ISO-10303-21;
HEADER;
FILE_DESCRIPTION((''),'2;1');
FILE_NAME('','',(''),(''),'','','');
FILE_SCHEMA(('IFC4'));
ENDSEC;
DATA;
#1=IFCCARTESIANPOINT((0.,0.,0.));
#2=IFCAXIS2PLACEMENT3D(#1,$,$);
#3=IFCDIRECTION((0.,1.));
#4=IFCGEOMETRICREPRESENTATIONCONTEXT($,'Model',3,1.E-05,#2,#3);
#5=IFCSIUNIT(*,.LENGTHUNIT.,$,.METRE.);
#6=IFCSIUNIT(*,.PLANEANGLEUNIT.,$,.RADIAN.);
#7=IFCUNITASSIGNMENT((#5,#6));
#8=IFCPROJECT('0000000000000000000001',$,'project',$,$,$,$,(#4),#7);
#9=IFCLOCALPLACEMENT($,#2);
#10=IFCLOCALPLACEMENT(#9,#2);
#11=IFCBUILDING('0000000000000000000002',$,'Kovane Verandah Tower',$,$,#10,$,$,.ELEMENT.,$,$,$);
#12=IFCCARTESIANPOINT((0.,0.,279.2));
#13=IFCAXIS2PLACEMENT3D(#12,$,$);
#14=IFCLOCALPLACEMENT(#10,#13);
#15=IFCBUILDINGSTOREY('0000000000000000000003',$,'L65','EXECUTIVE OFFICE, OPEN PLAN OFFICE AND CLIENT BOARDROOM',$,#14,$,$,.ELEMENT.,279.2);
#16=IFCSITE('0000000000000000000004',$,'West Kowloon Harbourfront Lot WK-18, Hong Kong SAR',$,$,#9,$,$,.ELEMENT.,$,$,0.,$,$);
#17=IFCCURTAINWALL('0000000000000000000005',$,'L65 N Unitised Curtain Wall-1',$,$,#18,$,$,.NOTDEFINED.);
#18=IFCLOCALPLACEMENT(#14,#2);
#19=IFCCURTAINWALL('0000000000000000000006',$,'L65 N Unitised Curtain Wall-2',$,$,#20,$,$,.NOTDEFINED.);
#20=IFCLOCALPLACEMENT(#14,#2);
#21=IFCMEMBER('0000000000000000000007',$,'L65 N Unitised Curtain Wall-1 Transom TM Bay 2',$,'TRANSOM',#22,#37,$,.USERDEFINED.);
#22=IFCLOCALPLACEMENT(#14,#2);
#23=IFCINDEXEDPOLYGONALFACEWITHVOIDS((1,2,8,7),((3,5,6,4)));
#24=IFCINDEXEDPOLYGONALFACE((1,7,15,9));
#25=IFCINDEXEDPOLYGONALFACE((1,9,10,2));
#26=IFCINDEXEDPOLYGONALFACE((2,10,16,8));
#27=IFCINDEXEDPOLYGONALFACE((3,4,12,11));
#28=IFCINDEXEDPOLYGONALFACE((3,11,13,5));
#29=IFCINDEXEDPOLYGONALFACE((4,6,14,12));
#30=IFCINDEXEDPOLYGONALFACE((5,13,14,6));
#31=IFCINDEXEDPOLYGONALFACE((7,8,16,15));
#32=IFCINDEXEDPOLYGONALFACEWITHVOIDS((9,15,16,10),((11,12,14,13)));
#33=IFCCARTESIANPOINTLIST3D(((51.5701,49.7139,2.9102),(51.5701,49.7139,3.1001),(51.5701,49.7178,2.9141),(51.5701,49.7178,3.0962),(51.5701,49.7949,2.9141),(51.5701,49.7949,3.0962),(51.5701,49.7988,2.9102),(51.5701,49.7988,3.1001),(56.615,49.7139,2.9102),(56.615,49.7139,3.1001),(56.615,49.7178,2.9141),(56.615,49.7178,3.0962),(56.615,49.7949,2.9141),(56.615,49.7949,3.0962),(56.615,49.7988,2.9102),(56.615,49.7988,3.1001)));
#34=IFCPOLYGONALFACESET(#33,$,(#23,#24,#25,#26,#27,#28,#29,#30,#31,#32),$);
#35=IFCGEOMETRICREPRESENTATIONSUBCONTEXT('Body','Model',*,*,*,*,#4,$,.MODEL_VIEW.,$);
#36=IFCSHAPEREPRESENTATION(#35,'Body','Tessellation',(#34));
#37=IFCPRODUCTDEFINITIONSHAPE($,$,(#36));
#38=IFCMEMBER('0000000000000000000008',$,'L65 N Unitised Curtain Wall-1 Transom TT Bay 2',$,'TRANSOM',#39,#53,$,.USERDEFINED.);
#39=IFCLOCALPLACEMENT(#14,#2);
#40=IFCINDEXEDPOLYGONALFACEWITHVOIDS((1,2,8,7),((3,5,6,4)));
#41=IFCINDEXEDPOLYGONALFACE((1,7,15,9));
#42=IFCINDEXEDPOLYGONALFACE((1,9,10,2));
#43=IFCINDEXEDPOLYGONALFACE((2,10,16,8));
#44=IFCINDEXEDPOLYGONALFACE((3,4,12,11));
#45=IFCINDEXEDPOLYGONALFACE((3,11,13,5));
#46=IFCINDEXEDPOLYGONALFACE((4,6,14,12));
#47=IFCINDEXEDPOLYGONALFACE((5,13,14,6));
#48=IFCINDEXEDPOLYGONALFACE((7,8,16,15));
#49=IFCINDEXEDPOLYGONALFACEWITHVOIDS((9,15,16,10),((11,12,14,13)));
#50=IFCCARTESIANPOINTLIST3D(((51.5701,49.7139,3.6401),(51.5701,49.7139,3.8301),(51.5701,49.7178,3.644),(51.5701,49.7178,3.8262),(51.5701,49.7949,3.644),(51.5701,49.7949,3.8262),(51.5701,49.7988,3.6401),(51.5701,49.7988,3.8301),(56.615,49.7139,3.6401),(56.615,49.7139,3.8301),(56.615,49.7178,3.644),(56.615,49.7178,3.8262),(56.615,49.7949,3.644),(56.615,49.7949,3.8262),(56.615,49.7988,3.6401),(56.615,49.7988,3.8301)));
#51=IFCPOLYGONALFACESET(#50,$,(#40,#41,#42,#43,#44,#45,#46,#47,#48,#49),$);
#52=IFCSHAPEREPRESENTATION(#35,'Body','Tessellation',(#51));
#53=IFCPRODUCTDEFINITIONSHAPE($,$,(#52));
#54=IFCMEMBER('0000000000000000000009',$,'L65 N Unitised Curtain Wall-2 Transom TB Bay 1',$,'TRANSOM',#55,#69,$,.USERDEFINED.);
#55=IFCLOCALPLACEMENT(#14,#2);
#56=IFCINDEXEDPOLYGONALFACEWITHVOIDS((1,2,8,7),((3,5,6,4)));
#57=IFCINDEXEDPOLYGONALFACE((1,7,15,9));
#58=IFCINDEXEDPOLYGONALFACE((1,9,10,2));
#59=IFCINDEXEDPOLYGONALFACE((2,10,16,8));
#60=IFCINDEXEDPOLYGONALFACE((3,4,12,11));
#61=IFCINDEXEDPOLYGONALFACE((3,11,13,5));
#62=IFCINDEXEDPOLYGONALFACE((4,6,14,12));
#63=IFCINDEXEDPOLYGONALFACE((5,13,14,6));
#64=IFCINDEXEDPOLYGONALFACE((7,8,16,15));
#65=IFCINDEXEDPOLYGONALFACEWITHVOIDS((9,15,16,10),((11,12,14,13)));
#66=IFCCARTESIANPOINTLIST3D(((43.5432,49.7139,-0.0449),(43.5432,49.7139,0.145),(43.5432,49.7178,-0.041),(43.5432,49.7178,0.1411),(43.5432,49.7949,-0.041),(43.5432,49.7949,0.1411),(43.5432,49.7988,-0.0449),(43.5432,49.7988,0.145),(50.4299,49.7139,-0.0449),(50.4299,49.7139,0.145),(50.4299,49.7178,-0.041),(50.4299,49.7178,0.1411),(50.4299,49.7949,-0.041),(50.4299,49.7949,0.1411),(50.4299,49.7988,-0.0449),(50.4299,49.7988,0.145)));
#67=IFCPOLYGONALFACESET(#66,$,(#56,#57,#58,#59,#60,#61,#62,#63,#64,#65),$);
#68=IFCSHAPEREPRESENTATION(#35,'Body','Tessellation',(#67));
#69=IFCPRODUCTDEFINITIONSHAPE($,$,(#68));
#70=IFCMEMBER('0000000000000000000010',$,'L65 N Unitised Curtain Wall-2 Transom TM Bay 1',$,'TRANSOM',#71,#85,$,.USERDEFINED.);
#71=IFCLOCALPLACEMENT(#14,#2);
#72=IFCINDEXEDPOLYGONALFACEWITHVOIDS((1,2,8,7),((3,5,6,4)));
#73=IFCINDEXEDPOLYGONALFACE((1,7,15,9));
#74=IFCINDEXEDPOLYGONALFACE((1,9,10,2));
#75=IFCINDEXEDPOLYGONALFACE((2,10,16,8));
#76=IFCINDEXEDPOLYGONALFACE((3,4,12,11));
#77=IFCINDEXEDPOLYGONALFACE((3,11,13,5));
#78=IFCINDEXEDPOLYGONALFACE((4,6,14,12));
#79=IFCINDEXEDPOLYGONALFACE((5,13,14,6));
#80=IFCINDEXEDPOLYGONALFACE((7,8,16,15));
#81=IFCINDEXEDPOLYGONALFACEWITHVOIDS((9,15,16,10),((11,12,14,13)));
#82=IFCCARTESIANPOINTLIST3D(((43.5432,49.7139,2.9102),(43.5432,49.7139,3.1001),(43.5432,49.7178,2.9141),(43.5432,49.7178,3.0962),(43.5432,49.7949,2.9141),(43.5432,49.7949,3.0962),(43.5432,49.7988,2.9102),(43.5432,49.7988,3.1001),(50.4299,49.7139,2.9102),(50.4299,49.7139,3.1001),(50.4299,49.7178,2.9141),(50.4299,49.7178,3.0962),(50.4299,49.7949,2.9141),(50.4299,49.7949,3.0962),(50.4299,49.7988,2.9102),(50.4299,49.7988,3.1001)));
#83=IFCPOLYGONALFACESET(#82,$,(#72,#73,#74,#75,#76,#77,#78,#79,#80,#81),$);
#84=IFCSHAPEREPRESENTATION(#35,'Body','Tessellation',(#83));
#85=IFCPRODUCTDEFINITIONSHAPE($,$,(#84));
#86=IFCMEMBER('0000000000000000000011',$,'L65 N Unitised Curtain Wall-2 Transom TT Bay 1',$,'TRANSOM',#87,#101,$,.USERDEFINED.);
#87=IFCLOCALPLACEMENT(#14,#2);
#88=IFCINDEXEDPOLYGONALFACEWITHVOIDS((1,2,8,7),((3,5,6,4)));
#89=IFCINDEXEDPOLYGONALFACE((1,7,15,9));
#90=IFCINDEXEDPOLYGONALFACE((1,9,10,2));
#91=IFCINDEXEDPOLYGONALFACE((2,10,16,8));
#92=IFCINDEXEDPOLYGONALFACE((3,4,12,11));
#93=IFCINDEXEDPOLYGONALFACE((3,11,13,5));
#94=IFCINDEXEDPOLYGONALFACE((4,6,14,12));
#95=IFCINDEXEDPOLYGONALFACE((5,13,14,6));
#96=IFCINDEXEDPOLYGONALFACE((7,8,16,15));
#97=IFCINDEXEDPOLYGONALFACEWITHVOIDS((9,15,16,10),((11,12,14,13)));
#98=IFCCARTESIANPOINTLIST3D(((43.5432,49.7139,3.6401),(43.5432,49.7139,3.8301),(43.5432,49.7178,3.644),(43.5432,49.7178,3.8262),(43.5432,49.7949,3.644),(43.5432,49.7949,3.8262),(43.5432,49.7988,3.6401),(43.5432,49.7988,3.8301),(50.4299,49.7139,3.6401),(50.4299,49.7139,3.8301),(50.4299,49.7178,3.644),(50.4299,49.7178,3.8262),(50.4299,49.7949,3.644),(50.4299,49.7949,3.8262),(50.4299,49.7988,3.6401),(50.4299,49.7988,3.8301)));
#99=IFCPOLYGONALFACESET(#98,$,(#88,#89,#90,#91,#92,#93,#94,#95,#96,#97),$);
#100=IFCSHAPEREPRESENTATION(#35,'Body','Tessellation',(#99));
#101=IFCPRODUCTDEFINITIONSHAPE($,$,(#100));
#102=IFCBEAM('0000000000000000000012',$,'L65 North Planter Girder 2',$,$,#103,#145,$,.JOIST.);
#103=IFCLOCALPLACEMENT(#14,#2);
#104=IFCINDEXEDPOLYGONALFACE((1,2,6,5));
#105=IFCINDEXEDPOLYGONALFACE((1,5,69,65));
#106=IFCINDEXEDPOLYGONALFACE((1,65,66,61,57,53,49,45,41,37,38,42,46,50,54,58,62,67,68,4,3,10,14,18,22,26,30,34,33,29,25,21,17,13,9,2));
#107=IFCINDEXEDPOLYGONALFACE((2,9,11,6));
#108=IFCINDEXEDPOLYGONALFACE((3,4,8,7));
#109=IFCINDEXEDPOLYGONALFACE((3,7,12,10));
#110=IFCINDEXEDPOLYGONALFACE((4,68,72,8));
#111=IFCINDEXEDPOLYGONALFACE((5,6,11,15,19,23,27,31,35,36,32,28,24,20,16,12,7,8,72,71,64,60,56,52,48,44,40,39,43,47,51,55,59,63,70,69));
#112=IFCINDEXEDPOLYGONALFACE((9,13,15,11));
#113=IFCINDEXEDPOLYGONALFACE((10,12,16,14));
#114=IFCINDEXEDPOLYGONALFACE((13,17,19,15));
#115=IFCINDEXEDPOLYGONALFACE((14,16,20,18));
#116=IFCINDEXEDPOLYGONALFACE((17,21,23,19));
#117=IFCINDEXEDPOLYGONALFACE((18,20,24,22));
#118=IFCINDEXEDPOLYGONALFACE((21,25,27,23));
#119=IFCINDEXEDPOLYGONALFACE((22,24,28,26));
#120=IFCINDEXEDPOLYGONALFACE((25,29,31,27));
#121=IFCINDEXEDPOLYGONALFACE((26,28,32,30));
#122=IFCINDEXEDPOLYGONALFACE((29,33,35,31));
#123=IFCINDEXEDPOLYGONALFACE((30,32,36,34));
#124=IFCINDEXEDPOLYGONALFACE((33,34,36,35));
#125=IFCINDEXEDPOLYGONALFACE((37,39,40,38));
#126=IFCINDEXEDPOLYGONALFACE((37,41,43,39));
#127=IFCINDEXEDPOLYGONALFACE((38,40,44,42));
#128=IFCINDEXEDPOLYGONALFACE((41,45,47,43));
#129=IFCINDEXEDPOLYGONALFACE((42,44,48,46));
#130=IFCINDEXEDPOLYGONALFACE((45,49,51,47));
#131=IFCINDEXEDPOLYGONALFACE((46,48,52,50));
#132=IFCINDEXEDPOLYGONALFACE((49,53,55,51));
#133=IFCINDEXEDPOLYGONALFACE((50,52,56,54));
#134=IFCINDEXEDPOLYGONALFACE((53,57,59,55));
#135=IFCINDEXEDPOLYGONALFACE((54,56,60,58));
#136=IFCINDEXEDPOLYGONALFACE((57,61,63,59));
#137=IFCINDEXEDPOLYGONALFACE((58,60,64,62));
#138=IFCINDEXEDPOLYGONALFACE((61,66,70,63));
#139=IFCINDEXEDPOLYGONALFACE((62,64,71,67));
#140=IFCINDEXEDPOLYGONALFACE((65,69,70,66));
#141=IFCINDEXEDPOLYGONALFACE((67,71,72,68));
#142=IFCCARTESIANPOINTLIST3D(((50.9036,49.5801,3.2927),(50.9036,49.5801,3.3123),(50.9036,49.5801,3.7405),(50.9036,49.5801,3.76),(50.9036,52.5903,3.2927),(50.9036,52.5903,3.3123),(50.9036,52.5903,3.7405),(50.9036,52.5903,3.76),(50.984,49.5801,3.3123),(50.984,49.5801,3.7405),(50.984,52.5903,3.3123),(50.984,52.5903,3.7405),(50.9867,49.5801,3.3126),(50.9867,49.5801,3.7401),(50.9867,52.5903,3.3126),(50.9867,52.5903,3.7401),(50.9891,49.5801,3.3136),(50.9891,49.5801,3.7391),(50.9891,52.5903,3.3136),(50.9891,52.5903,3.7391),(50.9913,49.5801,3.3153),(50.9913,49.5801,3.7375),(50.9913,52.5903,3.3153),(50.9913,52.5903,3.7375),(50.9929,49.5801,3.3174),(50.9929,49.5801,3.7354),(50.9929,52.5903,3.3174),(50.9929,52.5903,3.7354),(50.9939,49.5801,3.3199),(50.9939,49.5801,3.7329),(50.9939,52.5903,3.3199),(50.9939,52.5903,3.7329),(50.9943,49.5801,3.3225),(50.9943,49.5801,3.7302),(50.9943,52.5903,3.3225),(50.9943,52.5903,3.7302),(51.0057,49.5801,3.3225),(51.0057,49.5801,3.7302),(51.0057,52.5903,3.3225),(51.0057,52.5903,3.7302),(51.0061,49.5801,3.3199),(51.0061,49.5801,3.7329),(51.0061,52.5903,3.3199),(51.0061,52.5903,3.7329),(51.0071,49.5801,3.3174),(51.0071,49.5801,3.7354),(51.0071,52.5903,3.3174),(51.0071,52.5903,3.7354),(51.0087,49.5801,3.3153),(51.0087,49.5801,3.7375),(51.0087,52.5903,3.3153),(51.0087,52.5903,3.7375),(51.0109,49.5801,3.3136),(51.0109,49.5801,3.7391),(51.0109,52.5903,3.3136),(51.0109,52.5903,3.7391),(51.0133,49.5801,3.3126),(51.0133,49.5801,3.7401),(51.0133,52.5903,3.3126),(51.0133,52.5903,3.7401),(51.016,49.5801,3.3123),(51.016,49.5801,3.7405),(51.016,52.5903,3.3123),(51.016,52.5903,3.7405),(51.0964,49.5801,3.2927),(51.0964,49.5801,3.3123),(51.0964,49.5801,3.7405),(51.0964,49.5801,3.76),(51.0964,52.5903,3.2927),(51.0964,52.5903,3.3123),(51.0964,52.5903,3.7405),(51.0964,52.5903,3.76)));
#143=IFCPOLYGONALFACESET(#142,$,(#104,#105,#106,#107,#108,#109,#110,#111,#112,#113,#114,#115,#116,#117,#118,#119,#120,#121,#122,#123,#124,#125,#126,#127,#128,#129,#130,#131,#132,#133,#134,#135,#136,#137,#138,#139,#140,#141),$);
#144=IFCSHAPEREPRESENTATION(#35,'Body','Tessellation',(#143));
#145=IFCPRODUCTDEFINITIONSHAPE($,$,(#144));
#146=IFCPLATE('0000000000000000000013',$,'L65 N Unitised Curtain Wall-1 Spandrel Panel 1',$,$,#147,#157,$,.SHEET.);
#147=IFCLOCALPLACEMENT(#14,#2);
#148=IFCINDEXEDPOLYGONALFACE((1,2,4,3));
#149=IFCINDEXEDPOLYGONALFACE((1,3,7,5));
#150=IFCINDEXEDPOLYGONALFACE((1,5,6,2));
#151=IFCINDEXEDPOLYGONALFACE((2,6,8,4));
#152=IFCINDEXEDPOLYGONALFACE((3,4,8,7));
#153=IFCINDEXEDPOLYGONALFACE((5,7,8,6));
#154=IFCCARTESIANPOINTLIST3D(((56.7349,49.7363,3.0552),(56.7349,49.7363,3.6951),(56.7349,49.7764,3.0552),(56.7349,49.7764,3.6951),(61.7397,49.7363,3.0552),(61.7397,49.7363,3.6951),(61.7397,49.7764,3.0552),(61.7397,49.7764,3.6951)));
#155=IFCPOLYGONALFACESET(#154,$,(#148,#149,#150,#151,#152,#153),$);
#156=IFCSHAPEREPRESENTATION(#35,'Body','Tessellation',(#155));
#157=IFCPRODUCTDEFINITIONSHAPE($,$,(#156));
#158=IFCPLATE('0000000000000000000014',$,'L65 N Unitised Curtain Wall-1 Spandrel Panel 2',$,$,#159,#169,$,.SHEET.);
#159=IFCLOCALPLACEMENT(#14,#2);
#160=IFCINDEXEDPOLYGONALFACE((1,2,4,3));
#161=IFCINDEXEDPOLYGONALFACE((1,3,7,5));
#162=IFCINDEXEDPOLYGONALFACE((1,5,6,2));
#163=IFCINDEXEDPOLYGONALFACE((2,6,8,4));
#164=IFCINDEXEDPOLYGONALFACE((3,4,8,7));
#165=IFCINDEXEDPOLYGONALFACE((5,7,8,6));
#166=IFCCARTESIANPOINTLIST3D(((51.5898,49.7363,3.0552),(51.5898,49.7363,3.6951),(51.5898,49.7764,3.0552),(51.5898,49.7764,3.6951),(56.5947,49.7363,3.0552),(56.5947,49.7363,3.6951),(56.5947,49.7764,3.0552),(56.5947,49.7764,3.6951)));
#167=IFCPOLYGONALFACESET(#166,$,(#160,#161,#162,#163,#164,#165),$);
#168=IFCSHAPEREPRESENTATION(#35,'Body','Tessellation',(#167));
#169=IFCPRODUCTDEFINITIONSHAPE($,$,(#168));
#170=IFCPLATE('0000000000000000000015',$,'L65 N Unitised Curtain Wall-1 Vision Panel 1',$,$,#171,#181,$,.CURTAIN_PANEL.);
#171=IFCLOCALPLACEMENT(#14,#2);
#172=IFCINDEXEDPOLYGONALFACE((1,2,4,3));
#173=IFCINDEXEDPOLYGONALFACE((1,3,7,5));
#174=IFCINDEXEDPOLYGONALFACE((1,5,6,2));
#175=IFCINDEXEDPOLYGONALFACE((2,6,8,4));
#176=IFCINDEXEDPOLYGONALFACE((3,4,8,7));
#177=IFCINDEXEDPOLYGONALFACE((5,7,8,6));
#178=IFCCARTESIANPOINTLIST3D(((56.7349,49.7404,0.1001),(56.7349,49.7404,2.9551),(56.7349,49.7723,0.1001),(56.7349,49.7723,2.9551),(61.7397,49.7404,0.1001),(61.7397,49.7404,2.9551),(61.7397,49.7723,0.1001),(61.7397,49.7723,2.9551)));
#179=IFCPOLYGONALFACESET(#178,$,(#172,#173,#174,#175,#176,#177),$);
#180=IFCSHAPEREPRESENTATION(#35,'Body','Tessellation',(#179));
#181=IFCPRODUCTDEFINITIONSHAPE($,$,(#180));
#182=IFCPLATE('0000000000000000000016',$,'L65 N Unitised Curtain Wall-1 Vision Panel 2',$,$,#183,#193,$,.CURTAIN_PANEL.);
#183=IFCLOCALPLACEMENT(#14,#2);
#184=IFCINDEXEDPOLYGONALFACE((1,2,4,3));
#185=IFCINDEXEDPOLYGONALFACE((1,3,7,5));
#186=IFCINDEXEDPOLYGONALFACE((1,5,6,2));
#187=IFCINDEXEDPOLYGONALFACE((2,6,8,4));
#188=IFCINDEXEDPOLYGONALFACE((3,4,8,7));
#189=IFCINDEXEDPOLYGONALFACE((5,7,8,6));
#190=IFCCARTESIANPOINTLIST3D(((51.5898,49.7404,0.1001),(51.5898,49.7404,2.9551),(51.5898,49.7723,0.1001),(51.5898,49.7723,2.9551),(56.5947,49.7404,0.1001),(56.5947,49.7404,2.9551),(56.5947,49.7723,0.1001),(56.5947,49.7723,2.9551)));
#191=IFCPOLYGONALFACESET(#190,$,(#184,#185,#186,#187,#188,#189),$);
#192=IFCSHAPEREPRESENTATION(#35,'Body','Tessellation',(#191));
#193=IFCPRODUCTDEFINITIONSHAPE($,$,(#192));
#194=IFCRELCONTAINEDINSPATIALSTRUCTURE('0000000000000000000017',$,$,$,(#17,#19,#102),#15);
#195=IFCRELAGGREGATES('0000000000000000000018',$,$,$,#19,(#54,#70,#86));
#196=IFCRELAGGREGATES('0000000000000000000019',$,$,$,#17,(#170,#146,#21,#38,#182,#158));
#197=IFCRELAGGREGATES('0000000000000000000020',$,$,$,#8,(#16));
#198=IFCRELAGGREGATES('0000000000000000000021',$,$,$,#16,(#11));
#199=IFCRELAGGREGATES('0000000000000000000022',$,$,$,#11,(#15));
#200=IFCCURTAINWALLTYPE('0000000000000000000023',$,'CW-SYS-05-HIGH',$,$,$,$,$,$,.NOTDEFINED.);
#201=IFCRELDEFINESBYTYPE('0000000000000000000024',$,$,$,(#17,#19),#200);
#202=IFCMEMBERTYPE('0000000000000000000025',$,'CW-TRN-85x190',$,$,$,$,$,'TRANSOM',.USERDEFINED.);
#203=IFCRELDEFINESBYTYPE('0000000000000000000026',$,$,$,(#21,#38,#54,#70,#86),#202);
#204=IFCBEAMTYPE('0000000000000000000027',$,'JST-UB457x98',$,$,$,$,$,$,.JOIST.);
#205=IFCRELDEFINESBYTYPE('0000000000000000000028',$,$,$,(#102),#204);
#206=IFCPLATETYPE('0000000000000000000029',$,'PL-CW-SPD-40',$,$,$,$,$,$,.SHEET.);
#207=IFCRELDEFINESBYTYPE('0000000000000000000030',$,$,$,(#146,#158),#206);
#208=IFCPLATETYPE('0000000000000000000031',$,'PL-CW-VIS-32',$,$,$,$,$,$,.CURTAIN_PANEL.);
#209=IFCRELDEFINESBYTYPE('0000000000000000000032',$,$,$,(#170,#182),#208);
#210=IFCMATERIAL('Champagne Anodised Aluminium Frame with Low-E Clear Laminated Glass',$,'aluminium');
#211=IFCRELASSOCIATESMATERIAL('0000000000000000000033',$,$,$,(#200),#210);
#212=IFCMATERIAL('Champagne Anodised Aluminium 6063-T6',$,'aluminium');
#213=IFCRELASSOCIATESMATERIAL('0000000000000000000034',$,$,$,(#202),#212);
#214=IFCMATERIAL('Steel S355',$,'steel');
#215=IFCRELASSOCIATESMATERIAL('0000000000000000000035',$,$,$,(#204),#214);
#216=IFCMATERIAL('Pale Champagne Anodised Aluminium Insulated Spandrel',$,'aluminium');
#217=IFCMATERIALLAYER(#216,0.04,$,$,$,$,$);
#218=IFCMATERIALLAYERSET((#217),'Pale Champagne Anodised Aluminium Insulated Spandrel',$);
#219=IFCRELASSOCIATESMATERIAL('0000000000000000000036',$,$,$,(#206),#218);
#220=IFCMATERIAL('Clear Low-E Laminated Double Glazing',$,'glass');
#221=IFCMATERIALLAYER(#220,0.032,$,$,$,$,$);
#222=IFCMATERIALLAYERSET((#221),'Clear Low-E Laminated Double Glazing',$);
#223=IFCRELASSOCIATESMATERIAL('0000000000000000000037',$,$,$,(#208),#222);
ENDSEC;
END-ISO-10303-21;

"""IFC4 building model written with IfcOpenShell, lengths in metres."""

from ifc_helpers import new_model, si_unit, direction, frame, origin, origin_2d, place, context, subcontext, project, spatial, rectangle, hollow_rectangle, i_section, extrude, material, layer, layer_set, material_profile, profile_set, type_object, element, aggregate, save


model = new_model("IFC4")

# Units and contexts
model_context = context("Model", 3, precision=1e-05, world=origin(), true_north=direction((0.0, 1.0)))
body_context = subcontext(model_context, "Body", "Model", "MODEL_VIEW")
ifc_project = project(units=[si_unit("LENGTHUNIT", "METRE"), si_unit("PLANEANGLEUNIT", "RADIAN")], contexts=[model_context])

# Site, building, storey
site_placement = place(None, origin())
site = spatial("IfcSite", under=ifc_project, at=site_placement, Name="West Kowloon Harbourfront Lot WK-18, Hong Kong SAR", CompositionType="ELEMENT", RefElevation=0.0)
building_placement = place(site_placement, origin())
building = spatial("IfcBuilding", under=site, at=building_placement, Name="Kovane Verandah Tower", CompositionType="ELEMENT")
storey_placement = place(building_placement, frame((0.0, 0.0, 279.2)))
storey = spatial("IfcBuildingStorey", under=building, at=storey_placement, Name="L65", Description="EXECUTIVE OFFICE, OPEN PLAN OFFICE AND CLIENT BOARDROOM", CompositionType="ELEMENT", Elevation=279.2)

# Curtain wall
ifc_material_1 = material(Name="Champagne Anodised Aluminium Frame with Low-E Clear Laminated Glass", Category="aluminium")
curtain_wall_type = type_object("IfcCurtainWallType", Name="CW-SYS-05-HIGH", PredefinedType="NOTDEFINED", material=ifc_material_1)
curtain_wall_1_placement = place(storey_placement, origin())
curtain_wall_1 = element("IfcCurtainWall", 1, at=curtain_wall_1_placement, inside=storey, type_object=curtain_wall_type, Name="L65 N Unitised Curtain Wall-1", PredefinedType="NOTDEFINED")
ifc_material_2 = material(Name="Champagne Anodised Aluminium 6063-T6", Category="aluminium")

# Curtain wall
curtain_wall_2_placement = place(storey_placement, origin())
curtain_wall_2 = element("IfcCurtainWall", 2, at=curtain_wall_2_placement, inside=storey, type_object=curtain_wall_type, Name="L65 N Unitised Curtain Wall-2", PredefinedType="NOTDEFINED")

# Members
ifc_material_profile_1 = material_profile(ifc_material_2, hollow_rectangle(XDim=0.085, YDim=0.1899, WallThickness=0.0039, at=origin_2d()), Name="AL85x190x4")
ifc_profile_set_1 = profile_set([ifc_material_profile_1], Name="Champagne Anodised Aluminium 6063-T6")
member_type_1 = type_object("IfcMemberType", Name="CW-TRN-85x190", ElementType="TRANSOM", PredefinedType="USERDEFINED", material=ifc_profile_set_1)
member_1_placement = place(storey_placement, frame((56.615, 49.7563, 3.0051), z_axis=(-1.0, 0.0, 0.0), x_axis=(0.0, -1.0, 0.0)))
member_1 = element("IfcMember", 3, at=member_1_placement, type_object=member_type_1, Name="L65 N Unitised Curtain Wall-1 Transom TM Bay 2", ObjectType="TRANSOM", PredefinedType="USERDEFINED", context=body_context, shape_type="SweptSolid", body=[
    extrude(hollow_rectangle(XDim=0.085, YDim=0.1899, WallThickness=0.0039, at=origin_2d()), origin(), (0.0, 0.0, 1.0), 5.0449),
])
member_2_placement = place(storey_placement, frame((56.615, 49.7563, 3.7351), z_axis=(-1.0, 0.0, 0.0), x_axis=(0.0, -1.0, 0.0)))
member_2 = element("IfcMember", 4, at=member_2_placement, type_object=member_type_1, Name="L65 N Unitised Curtain Wall-1 Transom TT Bay 2", ObjectType="TRANSOM", PredefinedType="USERDEFINED", context=body_context, shape_type="SweptSolid", body=[
    extrude(hollow_rectangle(XDim=0.085, YDim=0.1899, WallThickness=0.0039, at=origin_2d()), origin(), (0.0, 0.0, 1.0), 5.0449),
])
member_3_placement = place(storey_placement, frame((50.4299, 49.7563, 0.05), z_axis=(-1.0, 0.0, 0.0), x_axis=(0.0, -1.0, 0.0)))
member_3 = element("IfcMember", 5, at=member_3_placement, type_object=member_type_1, Name="L65 N Unitised Curtain Wall-2 Transom TB Bay 1", ObjectType="TRANSOM", PredefinedType="USERDEFINED", context=body_context, shape_type="SweptSolid", body=[
    extrude(hollow_rectangle(XDim=0.085, YDim=0.1899, WallThickness=0.0039, at=origin_2d()), origin(), (0.0, 0.0, 1.0), 6.8867),
])
member_4_placement = place(storey_placement, frame((50.4299, 49.7563, 3.0051), z_axis=(-1.0, 0.0, 0.0), x_axis=(0.0, -1.0, 0.0)))
member_4 = element("IfcMember", 6, at=member_4_placement, type_object=member_type_1, Name="L65 N Unitised Curtain Wall-2 Transom TM Bay 1", ObjectType="TRANSOM", PredefinedType="USERDEFINED", context=body_context, shape_type="SweptSolid", body=[
    extrude(hollow_rectangle(XDim=0.085, YDim=0.1899, WallThickness=0.0039, at=origin_2d()), origin(), (0.0, 0.0, 1.0), 6.8867),
])
member_5_placement = place(storey_placement, frame((50.4299, 49.7563, 3.7351), z_axis=(-1.0, 0.0, 0.0), x_axis=(0.0, -1.0, 0.0)))
member_5 = element("IfcMember", 7, at=member_5_placement, type_object=member_type_1, Name="L65 N Unitised Curtain Wall-2 Transom TT Bay 1", ObjectType="TRANSOM", PredefinedType="USERDEFINED", context=body_context, shape_type="SweptSolid", body=[
    extrude(hollow_rectangle(XDim=0.085, YDim=0.1899, WallThickness=0.0039, at=origin_2d()), origin(), (0.0, 0.0, 1.0), 6.8867),
])
aggregate(curtain_wall_2, [member_3, member_4, member_5])

# Beam
ifc_material_3 = material(Name="Steel S355", Category="steel")
ifc_material_profile_2 = material_profile(ifc_material_3, i_section(OverallWidth=0.1929, OverallDepth=0.4673, WebThickness=0.0115, FlangeThickness=0.0195, FilletRadius=0.0103, at=origin_2d()), Name="UB457x191x98")
ifc_profile_set_2 = profile_set([ifc_material_profile_2], Name="Steel S355")
beam_type = type_object("IfcBeamType", Name="JST-UB457x98", PredefinedType="JOIST", material=ifc_profile_set_2)
beam_placement = place(storey_placement, frame((51.0, 49.5801, 3.5264), z_axis=(0.0, 1.0, 0.0), x_axis=(-1.0, 0.0, 0.0)))
element("IfcBeam", 8, at=beam_placement, inside=storey, type_object=beam_type, Name="L65 North Planter Girder 2", PredefinedType="JOIST", context=body_context, shape_type="SweptSolid", body=[
    extrude(i_section(OverallWidth=0.1929, OverallDepth=0.4673, WebThickness=0.0115, FlangeThickness=0.0195, FilletRadius=0.0103, at=origin_2d()), origin(), (0.0, 0.0, 1.0), 3.0103),
])

# Plates
ifc_material_4 = material(Name="Pale Champagne Anodised Aluminium Insulated Spandrel", Category="aluminium")
ifc_layer_1 = layer(ifc_material_4, 0.04)
ifc_layer_set_1 = layer_set([ifc_layer_1], Name="Pale Champagne Anodised Aluminium Insulated Spandrel")
plate_type_1 = type_object("IfcPlateType", Name="PL-CW-SPD-40", PredefinedType="SHEET", material=ifc_layer_set_1)
plate_1_placement = place(storey_placement, frame((59.2373, 49.7563, 3.0552), z_axis=(0.0, 0.0, 1.0), x_axis=(-1.0, 0.0, 0.0)))
plate_1 = element("IfcPlate", 9, at=plate_1_placement, type_object=plate_type_1, Name="L65 N Unitised Curtain Wall-1 Spandrel Panel 1", PredefinedType="SHEET", context=body_context, shape_type="SweptSolid", body=[
    extrude(rectangle(XDim=5.0049, YDim=0.04, at=origin_2d()), origin(), (0.0, 0.0, 1.0), 0.6399),
])
plate_2_placement = place(storey_placement, frame((54.0923, 49.7563, 3.0552), z_axis=(0.0, 0.0, 1.0), x_axis=(-1.0, 0.0, 0.0)))
plate_2 = element("IfcPlate", 10, at=plate_2_placement, type_object=plate_type_1, Name="L65 N Unitised Curtain Wall-1 Spandrel Panel 2", PredefinedType="SHEET", context=body_context, shape_type="SweptSolid", body=[
    extrude(rectangle(XDim=5.0049, YDim=0.04, at=origin_2d()), origin(), (0.0, 0.0, 1.0), 0.6399),
])
ifc_material_5 = material(Name="Clear Low-E Laminated Double Glazing", Category="glass")
ifc_layer_2 = layer(ifc_material_5, 0.032)
ifc_layer_set_2 = layer_set([ifc_layer_2], Name="Clear Low-E Laminated Double Glazing")
plate_type_2 = type_object("IfcPlateType", Name="PL-CW-VIS-32", PredefinedType="CURTAIN_PANEL", material=ifc_layer_set_2)
plate_3_placement = place(storey_placement, frame((59.2373, 49.7563, 0.1001), z_axis=(0.0, 0.0, 1.0), x_axis=(-1.0, 0.0, 0.0)))
plate_3 = element("IfcPlate", 11, at=plate_3_placement, type_object=plate_type_2, Name="L65 N Unitised Curtain Wall-1 Vision Panel 1", PredefinedType="CURTAIN_PANEL", context=body_context, shape_type="SweptSolid", body=[
    extrude(rectangle(XDim=5.0049, YDim=0.032, at=origin_2d()), origin(), (0.0, 0.0, 1.0), 2.855),
])
plate_4_placement = place(storey_placement, frame((54.0923, 49.7563, 0.1001), z_axis=(0.0, 0.0, 1.0), x_axis=(-1.0, 0.0, 0.0)))
plate_4 = element("IfcPlate", 12, at=plate_4_placement, type_object=plate_type_2, Name="L65 N Unitised Curtain Wall-1 Vision Panel 2", PredefinedType="CURTAIN_PANEL", context=body_context, shape_type="SweptSolid", body=[
    extrude(rectangle(XDim=5.0049, YDim=0.032, at=origin_2d()), origin(), (0.0, 0.0, 1.0), 2.855),
])
aggregate(curtain_wall_1, [plate_3, plate_1, member_1, member_2, plate_4, plate_2])

save(model, "model.ifc")
